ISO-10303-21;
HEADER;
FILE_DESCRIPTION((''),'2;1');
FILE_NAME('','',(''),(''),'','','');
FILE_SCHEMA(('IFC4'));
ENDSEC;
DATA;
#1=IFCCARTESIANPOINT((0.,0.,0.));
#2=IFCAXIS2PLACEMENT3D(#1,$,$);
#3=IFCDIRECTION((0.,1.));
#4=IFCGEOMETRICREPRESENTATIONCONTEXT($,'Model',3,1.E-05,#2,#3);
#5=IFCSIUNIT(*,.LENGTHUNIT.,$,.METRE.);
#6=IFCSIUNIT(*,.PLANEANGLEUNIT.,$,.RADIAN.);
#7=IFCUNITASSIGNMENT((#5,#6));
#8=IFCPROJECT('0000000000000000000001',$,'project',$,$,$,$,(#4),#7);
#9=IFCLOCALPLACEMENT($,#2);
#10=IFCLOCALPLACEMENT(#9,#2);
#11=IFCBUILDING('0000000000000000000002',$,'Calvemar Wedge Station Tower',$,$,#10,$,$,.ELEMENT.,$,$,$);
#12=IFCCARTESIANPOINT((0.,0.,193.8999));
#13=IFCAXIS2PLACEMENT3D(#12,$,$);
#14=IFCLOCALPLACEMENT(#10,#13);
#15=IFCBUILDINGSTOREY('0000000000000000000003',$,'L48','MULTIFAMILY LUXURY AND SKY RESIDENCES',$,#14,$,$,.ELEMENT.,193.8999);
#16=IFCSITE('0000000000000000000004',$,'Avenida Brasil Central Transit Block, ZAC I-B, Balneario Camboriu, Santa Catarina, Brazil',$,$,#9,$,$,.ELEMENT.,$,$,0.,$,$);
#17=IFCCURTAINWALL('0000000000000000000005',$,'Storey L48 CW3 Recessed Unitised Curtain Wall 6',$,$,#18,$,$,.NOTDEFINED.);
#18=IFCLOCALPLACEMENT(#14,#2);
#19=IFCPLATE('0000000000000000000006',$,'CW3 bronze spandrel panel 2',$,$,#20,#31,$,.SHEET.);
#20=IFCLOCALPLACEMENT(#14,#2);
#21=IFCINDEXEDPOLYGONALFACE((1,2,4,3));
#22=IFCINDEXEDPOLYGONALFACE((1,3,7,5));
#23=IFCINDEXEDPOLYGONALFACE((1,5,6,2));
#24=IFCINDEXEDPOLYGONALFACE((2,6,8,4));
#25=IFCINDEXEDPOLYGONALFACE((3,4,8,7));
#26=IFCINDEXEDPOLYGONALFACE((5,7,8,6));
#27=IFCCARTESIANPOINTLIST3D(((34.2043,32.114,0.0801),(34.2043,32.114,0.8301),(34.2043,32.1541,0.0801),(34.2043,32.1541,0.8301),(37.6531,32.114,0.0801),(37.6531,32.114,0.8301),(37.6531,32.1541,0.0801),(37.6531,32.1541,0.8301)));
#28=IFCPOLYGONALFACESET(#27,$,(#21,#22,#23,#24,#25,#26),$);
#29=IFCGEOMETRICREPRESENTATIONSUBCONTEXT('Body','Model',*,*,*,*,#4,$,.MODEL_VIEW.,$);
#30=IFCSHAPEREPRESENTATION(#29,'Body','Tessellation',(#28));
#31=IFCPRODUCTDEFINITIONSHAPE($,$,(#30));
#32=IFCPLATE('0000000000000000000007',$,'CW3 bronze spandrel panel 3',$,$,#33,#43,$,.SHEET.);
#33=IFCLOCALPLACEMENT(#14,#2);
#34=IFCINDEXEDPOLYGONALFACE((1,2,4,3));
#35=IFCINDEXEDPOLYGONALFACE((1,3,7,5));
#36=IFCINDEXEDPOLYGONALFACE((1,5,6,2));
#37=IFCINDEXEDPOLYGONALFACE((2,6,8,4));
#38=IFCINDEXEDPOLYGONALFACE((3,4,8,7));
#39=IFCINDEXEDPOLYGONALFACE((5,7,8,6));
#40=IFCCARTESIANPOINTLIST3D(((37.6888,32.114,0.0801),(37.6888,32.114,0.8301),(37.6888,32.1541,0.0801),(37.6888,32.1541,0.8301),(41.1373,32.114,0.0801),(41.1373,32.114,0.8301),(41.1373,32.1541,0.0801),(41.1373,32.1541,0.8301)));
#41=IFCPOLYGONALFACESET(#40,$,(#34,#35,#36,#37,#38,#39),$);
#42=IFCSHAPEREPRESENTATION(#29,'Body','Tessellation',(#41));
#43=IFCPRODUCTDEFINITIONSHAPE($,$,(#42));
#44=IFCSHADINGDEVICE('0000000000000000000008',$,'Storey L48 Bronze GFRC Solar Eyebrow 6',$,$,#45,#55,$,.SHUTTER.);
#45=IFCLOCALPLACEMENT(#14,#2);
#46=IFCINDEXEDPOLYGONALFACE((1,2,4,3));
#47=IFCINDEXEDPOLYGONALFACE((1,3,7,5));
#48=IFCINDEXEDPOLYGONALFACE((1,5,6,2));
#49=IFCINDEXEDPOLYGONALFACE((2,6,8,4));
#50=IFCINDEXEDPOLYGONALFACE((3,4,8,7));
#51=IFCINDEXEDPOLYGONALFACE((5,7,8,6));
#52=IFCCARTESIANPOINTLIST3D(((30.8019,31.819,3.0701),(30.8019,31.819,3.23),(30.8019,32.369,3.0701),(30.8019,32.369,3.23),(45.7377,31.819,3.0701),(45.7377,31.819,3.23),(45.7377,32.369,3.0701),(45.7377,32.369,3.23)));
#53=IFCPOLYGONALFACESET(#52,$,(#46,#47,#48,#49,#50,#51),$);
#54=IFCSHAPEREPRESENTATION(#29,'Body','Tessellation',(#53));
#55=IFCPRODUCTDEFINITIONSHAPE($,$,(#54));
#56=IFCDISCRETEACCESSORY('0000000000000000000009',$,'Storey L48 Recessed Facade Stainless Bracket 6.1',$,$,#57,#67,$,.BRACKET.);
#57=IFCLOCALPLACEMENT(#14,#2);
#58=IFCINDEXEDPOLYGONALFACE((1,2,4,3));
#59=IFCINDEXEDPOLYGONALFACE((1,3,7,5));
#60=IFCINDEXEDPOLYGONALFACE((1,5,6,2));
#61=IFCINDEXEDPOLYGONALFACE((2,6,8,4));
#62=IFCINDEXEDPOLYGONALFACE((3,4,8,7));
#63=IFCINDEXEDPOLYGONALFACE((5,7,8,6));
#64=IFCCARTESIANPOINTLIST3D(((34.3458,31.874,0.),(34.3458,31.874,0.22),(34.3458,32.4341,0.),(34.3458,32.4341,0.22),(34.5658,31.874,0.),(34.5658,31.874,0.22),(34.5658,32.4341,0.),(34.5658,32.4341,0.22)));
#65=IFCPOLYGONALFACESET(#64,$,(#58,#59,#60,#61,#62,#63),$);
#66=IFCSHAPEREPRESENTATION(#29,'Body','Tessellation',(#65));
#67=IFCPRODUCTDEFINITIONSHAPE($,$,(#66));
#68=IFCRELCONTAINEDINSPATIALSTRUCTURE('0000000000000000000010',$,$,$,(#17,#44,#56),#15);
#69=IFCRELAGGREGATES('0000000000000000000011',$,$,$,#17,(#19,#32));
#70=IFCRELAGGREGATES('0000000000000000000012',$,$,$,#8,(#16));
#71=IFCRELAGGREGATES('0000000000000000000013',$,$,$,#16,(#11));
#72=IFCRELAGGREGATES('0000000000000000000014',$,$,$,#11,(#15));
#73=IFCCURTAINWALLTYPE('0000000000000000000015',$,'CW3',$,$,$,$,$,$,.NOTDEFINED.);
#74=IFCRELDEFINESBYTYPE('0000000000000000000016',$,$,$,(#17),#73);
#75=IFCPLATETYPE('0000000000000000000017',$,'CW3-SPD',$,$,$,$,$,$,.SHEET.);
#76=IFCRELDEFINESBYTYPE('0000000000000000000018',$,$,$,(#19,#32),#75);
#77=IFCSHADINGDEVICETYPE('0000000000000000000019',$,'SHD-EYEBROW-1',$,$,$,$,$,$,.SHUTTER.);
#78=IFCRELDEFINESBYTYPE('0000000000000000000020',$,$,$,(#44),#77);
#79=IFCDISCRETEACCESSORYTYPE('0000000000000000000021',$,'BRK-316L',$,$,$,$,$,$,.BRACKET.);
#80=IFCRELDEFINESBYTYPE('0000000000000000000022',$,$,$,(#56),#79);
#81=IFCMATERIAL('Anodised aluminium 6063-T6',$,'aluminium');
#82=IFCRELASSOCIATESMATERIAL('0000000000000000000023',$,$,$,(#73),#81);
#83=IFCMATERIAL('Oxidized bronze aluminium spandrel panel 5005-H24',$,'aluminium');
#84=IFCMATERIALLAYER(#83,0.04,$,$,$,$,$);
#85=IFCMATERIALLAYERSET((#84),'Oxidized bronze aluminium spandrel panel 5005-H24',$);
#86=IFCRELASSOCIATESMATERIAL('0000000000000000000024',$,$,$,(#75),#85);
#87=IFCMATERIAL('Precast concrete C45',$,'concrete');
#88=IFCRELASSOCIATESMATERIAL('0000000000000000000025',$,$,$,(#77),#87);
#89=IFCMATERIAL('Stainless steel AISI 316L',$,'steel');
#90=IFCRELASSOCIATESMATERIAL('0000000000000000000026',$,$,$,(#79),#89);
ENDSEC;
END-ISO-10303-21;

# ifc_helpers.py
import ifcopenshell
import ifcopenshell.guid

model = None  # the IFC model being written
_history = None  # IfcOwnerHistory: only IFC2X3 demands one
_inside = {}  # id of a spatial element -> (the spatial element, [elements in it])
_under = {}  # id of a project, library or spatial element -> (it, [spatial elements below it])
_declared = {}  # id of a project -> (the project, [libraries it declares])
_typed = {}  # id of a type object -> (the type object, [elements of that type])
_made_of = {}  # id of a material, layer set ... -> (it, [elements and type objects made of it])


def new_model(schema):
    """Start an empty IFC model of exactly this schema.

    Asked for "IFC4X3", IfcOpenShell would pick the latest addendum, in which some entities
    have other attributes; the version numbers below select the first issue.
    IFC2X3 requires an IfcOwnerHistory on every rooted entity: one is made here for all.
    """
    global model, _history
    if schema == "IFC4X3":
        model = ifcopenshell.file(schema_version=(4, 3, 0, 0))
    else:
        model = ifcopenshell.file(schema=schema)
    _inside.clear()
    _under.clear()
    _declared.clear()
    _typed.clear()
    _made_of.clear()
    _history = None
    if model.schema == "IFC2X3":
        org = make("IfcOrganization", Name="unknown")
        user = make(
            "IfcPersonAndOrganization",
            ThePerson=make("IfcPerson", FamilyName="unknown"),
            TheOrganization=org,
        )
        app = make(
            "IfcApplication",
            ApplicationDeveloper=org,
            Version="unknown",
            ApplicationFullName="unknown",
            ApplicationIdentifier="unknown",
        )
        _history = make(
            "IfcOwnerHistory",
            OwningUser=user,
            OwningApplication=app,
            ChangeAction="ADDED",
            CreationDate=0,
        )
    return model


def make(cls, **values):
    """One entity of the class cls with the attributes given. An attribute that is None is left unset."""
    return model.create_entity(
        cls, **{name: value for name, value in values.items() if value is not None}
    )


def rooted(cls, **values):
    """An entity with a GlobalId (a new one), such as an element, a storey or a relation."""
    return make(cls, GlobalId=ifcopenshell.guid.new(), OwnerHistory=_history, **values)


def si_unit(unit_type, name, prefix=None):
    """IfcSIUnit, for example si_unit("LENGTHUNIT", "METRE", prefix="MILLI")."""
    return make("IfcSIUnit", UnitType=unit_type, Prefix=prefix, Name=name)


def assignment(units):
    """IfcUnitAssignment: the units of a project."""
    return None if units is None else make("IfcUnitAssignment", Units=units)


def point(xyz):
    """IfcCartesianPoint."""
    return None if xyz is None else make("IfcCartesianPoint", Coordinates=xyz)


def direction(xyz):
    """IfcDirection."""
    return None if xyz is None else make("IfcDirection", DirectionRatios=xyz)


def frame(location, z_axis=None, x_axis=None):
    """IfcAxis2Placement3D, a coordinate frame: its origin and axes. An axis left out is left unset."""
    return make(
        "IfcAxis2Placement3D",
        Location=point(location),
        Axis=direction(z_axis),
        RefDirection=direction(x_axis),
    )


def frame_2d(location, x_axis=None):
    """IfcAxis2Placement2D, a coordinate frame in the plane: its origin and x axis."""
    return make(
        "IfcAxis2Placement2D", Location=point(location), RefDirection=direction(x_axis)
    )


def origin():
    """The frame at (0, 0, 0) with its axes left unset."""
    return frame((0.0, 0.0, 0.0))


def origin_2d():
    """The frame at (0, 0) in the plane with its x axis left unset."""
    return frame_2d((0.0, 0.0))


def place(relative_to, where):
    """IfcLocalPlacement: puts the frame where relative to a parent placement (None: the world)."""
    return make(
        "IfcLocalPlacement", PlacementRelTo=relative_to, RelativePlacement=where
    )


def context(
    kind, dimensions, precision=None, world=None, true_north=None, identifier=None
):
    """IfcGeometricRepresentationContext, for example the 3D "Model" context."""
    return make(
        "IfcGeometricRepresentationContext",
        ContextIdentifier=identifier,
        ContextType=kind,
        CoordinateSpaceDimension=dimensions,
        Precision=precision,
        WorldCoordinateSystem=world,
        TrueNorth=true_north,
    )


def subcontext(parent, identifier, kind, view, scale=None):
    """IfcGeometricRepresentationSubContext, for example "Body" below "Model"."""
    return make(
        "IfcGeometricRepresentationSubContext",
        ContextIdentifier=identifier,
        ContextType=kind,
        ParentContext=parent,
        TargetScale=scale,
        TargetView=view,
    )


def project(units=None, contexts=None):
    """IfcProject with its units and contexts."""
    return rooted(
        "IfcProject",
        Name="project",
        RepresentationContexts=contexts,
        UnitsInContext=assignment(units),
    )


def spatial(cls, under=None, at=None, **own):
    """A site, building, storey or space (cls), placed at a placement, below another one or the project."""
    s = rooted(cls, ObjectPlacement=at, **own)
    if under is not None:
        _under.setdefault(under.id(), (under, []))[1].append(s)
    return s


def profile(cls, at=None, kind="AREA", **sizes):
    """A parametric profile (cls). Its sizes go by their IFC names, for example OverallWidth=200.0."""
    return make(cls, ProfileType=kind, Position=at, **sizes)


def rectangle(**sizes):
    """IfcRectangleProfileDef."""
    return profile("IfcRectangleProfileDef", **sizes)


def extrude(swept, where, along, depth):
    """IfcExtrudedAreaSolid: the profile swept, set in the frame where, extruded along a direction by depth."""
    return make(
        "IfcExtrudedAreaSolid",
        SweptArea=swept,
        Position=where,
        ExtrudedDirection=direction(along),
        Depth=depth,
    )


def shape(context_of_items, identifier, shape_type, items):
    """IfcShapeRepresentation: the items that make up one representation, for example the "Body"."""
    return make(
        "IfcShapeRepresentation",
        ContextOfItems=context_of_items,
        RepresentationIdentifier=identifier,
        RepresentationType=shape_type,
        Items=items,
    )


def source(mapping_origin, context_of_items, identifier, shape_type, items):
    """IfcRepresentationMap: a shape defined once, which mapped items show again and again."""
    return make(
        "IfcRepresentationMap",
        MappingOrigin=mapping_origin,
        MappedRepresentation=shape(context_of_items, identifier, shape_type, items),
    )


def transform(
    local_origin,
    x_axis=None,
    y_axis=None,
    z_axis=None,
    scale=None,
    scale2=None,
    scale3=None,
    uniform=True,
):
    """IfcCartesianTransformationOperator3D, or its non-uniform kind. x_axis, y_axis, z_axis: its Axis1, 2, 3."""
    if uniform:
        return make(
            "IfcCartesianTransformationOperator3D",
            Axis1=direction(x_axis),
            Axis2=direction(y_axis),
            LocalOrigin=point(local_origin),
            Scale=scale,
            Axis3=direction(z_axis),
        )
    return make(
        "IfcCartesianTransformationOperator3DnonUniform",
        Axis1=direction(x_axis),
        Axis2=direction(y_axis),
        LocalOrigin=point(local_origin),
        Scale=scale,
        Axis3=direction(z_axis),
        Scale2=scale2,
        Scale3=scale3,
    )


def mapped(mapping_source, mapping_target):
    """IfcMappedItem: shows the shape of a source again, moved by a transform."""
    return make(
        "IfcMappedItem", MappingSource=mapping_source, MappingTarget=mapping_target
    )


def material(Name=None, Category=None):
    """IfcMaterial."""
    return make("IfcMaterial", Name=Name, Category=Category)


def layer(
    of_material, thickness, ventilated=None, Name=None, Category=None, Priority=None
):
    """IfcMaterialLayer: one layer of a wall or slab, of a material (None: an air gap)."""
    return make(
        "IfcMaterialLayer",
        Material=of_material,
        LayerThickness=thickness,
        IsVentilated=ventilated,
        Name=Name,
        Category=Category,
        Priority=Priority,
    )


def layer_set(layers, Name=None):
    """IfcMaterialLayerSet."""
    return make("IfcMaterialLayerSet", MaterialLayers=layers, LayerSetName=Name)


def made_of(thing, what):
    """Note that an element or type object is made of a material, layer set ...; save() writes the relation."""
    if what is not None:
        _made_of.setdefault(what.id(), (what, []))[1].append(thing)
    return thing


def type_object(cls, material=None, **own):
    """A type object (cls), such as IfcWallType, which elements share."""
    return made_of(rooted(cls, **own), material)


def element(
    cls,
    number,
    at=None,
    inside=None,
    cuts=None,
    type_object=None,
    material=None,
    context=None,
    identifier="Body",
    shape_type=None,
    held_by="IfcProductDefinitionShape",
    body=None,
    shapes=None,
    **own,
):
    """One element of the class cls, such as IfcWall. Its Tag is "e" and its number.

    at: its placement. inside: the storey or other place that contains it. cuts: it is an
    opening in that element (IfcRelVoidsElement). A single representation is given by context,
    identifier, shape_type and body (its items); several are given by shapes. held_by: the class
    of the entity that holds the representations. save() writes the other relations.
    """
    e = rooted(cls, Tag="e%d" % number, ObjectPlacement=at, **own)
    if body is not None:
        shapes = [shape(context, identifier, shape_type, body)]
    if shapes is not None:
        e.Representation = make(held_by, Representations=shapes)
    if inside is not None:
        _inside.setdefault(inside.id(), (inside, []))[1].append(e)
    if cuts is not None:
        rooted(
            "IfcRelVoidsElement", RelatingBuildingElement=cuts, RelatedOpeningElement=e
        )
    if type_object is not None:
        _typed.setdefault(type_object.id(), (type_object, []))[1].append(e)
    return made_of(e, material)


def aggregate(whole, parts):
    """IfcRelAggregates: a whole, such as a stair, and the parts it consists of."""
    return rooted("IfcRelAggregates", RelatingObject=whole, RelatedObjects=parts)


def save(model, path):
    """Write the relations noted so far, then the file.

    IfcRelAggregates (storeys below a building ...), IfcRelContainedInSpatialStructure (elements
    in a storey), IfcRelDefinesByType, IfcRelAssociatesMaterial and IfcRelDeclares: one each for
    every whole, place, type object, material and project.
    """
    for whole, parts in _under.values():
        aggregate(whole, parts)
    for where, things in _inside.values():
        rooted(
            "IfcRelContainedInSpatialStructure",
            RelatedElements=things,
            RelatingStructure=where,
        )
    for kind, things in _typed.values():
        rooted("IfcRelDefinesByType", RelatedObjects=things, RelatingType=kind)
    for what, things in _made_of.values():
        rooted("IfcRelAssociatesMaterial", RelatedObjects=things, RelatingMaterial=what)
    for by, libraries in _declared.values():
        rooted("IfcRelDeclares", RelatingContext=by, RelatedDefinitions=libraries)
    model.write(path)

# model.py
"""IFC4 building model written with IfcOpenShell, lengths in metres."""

from ifc_helpers import new_model, si_unit, direction, frame, frame_2d, origin, origin_2d, place, context, subcontext, project, spatial, rectangle, extrude, source, transform, mapped, material, layer, layer_set, type_object, element, aggregate, save


model = new_model("IFC4")

# Units and contexts
model_context = context("Model", 3, precision=1e-05, world=origin(), true_north=direction((0.0, 1.0)))
body_context = subcontext(model_context, "Body", "Model", "MODEL_VIEW")
ifc_project = project(units=[si_unit("LENGTHUNIT", "METRE"), si_unit("PLANEANGLEUNIT", "RADIAN")], contexts=[model_context])

# Site, building, storey
site_placement = place(None, origin())
site = spatial("IfcSite", under=ifc_project, at=site_placement, Name="Avenida Brasil Central Transit Block, ZAC I-B, Balneario Camboriu, Santa Catarina, Brazil", CompositionType="ELEMENT", RefElevation=0.0)
building_placement = place(site_placement, origin())
building = spatial("IfcBuilding", under=site, at=building_placement, Name="Calvemar Wedge Station Tower", CompositionType="ELEMENT")
storey_placement = place(building_placement, frame((0.0, 0.0, 193.8999)))
storey = spatial("IfcBuildingStorey", under=building, at=storey_placement, Name="L48", Description="MULTIFAMILY LUXURY AND SKY RESIDENCES", CompositionType="ELEMENT", Elevation=193.8999)

# Curtain wall, plates
ifc_material_1 = material(Name="Anodised aluminium 6063-T6", Category="aluminium")
curtain_wall_type = type_object("IfcCurtainWallType", Name="CW3", PredefinedType="NOTDEFINED", material=ifc_material_1)
curtain_wall_placement = place(storey_placement, origin())
curtain_wall = element("IfcCurtainWall", 1, at=curtain_wall_placement, inside=storey, type_object=curtain_wall_type, Name="Storey L48 CW3 Recessed Unitised Curtain Wall 6", PredefinedType="NOTDEFINED")
ifc_material_2 = material(Name="Oxidized bronze aluminium spandrel panel 5005-H24", Category="aluminium")
ifc_layer_1 = layer(ifc_material_2, 0.04)
ifc_layer_set_1 = layer_set([ifc_layer_1], Name="Oxidized bronze aluminium spandrel panel 5005-H24")
plate_type_1 = type_object("IfcPlateType", Name="CW3-SPD", PredefinedType="SHEET", material=ifc_layer_set_1)
plate_1_placement = place(storey_placement, frame((34.2043, 32.134, 0.0801), z_axis=(0.0, 0.0, 1.0), x_axis=(1.0, 0.0, 0.0)))
plate_1 = element("IfcPlate", 2, at=plate_1_placement, type_object=plate_type_1, Name="CW3 bronze spandrel panel 2", PredefinedType="SHEET", context=body_context, shape_type="SweptSolid", body=[
    extrude(rectangle(XDim=3.4487, YDim=0.04, at=frame_2d((1.7244, 0.0))), origin(), (0.0, 0.0, 1.0), 0.75),
])
plate_2_placement = place(storey_placement, frame((37.689, 32.134, 0.0801), z_axis=(0.0, 0.0, 1.0), x_axis=(1.0, 0.0, 0.0)))
plate_2 = element("IfcPlate", 3, at=plate_2_placement, type_object=plate_type_1, Name="CW3 bronze spandrel panel 3", PredefinedType="SHEET", context=body_context, shape_type="SweptSolid", body=[
    extrude(rectangle(XDim=3.4485, YDim=0.04, at=frame_2d((1.7241, 0.0))), origin(), (0.0, 0.0, 1.0), 0.75),
])
aggregate(curtain_wall, [plate_1, plate_2])

# Shading device
ifc_material_3 = material(Name="Precast concrete C45", Category="concrete")
shading_device_type = type_object("IfcShadingDeviceType", Name="SHD-EYEBROW-1", PredefinedType="SHUTTER", material=ifc_material_3)
shading_device_placement = place(storey_placement, frame((30.802, 32.094, 3.0701), z_axis=(0.0, 0.0, 1.0), x_axis=(1.0, 0.0, 0.0)))
element("IfcShadingDevice", 4, at=shading_device_placement, inside=storey, type_object=shading_device_type, Name="Storey L48 Bronze GFRC Solar Eyebrow 6", PredefinedType="SHUTTER", context=body_context, shape_type="SweptSolid", body=[
    extrude(rectangle(XDim=14.9358, YDim=0.55, at=frame_2d((7.4678, 0.0))), origin(), (0.0, 0.0, 1.0), 0.1599),
])

# Discrete accessory
ifc_material_4 = material(Name="Stainless steel AISI 316L", Category="steel")
discrete_accessory_type = type_object("IfcDiscreteAccessoryType", Name="BRK-316L", PredefinedType="BRACKET", material=ifc_material_4)
shared_shape_1 = source(origin(), body_context, "Body", "SweptSolid", [
    extrude(rectangle(XDim=0.22, YDim=0.5601, at=origin_2d()), origin(), (0.0, 0.0, 1.0), 0.22),
])
discrete_accessory_placement = place(storey_placement, frame((34.4558, 32.1541, 0.0), z_axis=(0.0, 0.0, 1.0), x_axis=(1.0, 0.0, 0.0)))
element("IfcDiscreteAccessory", 5, at=discrete_accessory_placement, inside=storey, type_object=discrete_accessory_type, Name="Storey L48 Recessed Facade Stainless Bracket 6.1", PredefinedType="BRACKET", context=body_context, shape_type="MappedRepresentation", body=[
    mapped(shared_shape_1, transform((0.0, 0.0, 0.0), scale=1.0)),
])

save(model, "model.ifc")
